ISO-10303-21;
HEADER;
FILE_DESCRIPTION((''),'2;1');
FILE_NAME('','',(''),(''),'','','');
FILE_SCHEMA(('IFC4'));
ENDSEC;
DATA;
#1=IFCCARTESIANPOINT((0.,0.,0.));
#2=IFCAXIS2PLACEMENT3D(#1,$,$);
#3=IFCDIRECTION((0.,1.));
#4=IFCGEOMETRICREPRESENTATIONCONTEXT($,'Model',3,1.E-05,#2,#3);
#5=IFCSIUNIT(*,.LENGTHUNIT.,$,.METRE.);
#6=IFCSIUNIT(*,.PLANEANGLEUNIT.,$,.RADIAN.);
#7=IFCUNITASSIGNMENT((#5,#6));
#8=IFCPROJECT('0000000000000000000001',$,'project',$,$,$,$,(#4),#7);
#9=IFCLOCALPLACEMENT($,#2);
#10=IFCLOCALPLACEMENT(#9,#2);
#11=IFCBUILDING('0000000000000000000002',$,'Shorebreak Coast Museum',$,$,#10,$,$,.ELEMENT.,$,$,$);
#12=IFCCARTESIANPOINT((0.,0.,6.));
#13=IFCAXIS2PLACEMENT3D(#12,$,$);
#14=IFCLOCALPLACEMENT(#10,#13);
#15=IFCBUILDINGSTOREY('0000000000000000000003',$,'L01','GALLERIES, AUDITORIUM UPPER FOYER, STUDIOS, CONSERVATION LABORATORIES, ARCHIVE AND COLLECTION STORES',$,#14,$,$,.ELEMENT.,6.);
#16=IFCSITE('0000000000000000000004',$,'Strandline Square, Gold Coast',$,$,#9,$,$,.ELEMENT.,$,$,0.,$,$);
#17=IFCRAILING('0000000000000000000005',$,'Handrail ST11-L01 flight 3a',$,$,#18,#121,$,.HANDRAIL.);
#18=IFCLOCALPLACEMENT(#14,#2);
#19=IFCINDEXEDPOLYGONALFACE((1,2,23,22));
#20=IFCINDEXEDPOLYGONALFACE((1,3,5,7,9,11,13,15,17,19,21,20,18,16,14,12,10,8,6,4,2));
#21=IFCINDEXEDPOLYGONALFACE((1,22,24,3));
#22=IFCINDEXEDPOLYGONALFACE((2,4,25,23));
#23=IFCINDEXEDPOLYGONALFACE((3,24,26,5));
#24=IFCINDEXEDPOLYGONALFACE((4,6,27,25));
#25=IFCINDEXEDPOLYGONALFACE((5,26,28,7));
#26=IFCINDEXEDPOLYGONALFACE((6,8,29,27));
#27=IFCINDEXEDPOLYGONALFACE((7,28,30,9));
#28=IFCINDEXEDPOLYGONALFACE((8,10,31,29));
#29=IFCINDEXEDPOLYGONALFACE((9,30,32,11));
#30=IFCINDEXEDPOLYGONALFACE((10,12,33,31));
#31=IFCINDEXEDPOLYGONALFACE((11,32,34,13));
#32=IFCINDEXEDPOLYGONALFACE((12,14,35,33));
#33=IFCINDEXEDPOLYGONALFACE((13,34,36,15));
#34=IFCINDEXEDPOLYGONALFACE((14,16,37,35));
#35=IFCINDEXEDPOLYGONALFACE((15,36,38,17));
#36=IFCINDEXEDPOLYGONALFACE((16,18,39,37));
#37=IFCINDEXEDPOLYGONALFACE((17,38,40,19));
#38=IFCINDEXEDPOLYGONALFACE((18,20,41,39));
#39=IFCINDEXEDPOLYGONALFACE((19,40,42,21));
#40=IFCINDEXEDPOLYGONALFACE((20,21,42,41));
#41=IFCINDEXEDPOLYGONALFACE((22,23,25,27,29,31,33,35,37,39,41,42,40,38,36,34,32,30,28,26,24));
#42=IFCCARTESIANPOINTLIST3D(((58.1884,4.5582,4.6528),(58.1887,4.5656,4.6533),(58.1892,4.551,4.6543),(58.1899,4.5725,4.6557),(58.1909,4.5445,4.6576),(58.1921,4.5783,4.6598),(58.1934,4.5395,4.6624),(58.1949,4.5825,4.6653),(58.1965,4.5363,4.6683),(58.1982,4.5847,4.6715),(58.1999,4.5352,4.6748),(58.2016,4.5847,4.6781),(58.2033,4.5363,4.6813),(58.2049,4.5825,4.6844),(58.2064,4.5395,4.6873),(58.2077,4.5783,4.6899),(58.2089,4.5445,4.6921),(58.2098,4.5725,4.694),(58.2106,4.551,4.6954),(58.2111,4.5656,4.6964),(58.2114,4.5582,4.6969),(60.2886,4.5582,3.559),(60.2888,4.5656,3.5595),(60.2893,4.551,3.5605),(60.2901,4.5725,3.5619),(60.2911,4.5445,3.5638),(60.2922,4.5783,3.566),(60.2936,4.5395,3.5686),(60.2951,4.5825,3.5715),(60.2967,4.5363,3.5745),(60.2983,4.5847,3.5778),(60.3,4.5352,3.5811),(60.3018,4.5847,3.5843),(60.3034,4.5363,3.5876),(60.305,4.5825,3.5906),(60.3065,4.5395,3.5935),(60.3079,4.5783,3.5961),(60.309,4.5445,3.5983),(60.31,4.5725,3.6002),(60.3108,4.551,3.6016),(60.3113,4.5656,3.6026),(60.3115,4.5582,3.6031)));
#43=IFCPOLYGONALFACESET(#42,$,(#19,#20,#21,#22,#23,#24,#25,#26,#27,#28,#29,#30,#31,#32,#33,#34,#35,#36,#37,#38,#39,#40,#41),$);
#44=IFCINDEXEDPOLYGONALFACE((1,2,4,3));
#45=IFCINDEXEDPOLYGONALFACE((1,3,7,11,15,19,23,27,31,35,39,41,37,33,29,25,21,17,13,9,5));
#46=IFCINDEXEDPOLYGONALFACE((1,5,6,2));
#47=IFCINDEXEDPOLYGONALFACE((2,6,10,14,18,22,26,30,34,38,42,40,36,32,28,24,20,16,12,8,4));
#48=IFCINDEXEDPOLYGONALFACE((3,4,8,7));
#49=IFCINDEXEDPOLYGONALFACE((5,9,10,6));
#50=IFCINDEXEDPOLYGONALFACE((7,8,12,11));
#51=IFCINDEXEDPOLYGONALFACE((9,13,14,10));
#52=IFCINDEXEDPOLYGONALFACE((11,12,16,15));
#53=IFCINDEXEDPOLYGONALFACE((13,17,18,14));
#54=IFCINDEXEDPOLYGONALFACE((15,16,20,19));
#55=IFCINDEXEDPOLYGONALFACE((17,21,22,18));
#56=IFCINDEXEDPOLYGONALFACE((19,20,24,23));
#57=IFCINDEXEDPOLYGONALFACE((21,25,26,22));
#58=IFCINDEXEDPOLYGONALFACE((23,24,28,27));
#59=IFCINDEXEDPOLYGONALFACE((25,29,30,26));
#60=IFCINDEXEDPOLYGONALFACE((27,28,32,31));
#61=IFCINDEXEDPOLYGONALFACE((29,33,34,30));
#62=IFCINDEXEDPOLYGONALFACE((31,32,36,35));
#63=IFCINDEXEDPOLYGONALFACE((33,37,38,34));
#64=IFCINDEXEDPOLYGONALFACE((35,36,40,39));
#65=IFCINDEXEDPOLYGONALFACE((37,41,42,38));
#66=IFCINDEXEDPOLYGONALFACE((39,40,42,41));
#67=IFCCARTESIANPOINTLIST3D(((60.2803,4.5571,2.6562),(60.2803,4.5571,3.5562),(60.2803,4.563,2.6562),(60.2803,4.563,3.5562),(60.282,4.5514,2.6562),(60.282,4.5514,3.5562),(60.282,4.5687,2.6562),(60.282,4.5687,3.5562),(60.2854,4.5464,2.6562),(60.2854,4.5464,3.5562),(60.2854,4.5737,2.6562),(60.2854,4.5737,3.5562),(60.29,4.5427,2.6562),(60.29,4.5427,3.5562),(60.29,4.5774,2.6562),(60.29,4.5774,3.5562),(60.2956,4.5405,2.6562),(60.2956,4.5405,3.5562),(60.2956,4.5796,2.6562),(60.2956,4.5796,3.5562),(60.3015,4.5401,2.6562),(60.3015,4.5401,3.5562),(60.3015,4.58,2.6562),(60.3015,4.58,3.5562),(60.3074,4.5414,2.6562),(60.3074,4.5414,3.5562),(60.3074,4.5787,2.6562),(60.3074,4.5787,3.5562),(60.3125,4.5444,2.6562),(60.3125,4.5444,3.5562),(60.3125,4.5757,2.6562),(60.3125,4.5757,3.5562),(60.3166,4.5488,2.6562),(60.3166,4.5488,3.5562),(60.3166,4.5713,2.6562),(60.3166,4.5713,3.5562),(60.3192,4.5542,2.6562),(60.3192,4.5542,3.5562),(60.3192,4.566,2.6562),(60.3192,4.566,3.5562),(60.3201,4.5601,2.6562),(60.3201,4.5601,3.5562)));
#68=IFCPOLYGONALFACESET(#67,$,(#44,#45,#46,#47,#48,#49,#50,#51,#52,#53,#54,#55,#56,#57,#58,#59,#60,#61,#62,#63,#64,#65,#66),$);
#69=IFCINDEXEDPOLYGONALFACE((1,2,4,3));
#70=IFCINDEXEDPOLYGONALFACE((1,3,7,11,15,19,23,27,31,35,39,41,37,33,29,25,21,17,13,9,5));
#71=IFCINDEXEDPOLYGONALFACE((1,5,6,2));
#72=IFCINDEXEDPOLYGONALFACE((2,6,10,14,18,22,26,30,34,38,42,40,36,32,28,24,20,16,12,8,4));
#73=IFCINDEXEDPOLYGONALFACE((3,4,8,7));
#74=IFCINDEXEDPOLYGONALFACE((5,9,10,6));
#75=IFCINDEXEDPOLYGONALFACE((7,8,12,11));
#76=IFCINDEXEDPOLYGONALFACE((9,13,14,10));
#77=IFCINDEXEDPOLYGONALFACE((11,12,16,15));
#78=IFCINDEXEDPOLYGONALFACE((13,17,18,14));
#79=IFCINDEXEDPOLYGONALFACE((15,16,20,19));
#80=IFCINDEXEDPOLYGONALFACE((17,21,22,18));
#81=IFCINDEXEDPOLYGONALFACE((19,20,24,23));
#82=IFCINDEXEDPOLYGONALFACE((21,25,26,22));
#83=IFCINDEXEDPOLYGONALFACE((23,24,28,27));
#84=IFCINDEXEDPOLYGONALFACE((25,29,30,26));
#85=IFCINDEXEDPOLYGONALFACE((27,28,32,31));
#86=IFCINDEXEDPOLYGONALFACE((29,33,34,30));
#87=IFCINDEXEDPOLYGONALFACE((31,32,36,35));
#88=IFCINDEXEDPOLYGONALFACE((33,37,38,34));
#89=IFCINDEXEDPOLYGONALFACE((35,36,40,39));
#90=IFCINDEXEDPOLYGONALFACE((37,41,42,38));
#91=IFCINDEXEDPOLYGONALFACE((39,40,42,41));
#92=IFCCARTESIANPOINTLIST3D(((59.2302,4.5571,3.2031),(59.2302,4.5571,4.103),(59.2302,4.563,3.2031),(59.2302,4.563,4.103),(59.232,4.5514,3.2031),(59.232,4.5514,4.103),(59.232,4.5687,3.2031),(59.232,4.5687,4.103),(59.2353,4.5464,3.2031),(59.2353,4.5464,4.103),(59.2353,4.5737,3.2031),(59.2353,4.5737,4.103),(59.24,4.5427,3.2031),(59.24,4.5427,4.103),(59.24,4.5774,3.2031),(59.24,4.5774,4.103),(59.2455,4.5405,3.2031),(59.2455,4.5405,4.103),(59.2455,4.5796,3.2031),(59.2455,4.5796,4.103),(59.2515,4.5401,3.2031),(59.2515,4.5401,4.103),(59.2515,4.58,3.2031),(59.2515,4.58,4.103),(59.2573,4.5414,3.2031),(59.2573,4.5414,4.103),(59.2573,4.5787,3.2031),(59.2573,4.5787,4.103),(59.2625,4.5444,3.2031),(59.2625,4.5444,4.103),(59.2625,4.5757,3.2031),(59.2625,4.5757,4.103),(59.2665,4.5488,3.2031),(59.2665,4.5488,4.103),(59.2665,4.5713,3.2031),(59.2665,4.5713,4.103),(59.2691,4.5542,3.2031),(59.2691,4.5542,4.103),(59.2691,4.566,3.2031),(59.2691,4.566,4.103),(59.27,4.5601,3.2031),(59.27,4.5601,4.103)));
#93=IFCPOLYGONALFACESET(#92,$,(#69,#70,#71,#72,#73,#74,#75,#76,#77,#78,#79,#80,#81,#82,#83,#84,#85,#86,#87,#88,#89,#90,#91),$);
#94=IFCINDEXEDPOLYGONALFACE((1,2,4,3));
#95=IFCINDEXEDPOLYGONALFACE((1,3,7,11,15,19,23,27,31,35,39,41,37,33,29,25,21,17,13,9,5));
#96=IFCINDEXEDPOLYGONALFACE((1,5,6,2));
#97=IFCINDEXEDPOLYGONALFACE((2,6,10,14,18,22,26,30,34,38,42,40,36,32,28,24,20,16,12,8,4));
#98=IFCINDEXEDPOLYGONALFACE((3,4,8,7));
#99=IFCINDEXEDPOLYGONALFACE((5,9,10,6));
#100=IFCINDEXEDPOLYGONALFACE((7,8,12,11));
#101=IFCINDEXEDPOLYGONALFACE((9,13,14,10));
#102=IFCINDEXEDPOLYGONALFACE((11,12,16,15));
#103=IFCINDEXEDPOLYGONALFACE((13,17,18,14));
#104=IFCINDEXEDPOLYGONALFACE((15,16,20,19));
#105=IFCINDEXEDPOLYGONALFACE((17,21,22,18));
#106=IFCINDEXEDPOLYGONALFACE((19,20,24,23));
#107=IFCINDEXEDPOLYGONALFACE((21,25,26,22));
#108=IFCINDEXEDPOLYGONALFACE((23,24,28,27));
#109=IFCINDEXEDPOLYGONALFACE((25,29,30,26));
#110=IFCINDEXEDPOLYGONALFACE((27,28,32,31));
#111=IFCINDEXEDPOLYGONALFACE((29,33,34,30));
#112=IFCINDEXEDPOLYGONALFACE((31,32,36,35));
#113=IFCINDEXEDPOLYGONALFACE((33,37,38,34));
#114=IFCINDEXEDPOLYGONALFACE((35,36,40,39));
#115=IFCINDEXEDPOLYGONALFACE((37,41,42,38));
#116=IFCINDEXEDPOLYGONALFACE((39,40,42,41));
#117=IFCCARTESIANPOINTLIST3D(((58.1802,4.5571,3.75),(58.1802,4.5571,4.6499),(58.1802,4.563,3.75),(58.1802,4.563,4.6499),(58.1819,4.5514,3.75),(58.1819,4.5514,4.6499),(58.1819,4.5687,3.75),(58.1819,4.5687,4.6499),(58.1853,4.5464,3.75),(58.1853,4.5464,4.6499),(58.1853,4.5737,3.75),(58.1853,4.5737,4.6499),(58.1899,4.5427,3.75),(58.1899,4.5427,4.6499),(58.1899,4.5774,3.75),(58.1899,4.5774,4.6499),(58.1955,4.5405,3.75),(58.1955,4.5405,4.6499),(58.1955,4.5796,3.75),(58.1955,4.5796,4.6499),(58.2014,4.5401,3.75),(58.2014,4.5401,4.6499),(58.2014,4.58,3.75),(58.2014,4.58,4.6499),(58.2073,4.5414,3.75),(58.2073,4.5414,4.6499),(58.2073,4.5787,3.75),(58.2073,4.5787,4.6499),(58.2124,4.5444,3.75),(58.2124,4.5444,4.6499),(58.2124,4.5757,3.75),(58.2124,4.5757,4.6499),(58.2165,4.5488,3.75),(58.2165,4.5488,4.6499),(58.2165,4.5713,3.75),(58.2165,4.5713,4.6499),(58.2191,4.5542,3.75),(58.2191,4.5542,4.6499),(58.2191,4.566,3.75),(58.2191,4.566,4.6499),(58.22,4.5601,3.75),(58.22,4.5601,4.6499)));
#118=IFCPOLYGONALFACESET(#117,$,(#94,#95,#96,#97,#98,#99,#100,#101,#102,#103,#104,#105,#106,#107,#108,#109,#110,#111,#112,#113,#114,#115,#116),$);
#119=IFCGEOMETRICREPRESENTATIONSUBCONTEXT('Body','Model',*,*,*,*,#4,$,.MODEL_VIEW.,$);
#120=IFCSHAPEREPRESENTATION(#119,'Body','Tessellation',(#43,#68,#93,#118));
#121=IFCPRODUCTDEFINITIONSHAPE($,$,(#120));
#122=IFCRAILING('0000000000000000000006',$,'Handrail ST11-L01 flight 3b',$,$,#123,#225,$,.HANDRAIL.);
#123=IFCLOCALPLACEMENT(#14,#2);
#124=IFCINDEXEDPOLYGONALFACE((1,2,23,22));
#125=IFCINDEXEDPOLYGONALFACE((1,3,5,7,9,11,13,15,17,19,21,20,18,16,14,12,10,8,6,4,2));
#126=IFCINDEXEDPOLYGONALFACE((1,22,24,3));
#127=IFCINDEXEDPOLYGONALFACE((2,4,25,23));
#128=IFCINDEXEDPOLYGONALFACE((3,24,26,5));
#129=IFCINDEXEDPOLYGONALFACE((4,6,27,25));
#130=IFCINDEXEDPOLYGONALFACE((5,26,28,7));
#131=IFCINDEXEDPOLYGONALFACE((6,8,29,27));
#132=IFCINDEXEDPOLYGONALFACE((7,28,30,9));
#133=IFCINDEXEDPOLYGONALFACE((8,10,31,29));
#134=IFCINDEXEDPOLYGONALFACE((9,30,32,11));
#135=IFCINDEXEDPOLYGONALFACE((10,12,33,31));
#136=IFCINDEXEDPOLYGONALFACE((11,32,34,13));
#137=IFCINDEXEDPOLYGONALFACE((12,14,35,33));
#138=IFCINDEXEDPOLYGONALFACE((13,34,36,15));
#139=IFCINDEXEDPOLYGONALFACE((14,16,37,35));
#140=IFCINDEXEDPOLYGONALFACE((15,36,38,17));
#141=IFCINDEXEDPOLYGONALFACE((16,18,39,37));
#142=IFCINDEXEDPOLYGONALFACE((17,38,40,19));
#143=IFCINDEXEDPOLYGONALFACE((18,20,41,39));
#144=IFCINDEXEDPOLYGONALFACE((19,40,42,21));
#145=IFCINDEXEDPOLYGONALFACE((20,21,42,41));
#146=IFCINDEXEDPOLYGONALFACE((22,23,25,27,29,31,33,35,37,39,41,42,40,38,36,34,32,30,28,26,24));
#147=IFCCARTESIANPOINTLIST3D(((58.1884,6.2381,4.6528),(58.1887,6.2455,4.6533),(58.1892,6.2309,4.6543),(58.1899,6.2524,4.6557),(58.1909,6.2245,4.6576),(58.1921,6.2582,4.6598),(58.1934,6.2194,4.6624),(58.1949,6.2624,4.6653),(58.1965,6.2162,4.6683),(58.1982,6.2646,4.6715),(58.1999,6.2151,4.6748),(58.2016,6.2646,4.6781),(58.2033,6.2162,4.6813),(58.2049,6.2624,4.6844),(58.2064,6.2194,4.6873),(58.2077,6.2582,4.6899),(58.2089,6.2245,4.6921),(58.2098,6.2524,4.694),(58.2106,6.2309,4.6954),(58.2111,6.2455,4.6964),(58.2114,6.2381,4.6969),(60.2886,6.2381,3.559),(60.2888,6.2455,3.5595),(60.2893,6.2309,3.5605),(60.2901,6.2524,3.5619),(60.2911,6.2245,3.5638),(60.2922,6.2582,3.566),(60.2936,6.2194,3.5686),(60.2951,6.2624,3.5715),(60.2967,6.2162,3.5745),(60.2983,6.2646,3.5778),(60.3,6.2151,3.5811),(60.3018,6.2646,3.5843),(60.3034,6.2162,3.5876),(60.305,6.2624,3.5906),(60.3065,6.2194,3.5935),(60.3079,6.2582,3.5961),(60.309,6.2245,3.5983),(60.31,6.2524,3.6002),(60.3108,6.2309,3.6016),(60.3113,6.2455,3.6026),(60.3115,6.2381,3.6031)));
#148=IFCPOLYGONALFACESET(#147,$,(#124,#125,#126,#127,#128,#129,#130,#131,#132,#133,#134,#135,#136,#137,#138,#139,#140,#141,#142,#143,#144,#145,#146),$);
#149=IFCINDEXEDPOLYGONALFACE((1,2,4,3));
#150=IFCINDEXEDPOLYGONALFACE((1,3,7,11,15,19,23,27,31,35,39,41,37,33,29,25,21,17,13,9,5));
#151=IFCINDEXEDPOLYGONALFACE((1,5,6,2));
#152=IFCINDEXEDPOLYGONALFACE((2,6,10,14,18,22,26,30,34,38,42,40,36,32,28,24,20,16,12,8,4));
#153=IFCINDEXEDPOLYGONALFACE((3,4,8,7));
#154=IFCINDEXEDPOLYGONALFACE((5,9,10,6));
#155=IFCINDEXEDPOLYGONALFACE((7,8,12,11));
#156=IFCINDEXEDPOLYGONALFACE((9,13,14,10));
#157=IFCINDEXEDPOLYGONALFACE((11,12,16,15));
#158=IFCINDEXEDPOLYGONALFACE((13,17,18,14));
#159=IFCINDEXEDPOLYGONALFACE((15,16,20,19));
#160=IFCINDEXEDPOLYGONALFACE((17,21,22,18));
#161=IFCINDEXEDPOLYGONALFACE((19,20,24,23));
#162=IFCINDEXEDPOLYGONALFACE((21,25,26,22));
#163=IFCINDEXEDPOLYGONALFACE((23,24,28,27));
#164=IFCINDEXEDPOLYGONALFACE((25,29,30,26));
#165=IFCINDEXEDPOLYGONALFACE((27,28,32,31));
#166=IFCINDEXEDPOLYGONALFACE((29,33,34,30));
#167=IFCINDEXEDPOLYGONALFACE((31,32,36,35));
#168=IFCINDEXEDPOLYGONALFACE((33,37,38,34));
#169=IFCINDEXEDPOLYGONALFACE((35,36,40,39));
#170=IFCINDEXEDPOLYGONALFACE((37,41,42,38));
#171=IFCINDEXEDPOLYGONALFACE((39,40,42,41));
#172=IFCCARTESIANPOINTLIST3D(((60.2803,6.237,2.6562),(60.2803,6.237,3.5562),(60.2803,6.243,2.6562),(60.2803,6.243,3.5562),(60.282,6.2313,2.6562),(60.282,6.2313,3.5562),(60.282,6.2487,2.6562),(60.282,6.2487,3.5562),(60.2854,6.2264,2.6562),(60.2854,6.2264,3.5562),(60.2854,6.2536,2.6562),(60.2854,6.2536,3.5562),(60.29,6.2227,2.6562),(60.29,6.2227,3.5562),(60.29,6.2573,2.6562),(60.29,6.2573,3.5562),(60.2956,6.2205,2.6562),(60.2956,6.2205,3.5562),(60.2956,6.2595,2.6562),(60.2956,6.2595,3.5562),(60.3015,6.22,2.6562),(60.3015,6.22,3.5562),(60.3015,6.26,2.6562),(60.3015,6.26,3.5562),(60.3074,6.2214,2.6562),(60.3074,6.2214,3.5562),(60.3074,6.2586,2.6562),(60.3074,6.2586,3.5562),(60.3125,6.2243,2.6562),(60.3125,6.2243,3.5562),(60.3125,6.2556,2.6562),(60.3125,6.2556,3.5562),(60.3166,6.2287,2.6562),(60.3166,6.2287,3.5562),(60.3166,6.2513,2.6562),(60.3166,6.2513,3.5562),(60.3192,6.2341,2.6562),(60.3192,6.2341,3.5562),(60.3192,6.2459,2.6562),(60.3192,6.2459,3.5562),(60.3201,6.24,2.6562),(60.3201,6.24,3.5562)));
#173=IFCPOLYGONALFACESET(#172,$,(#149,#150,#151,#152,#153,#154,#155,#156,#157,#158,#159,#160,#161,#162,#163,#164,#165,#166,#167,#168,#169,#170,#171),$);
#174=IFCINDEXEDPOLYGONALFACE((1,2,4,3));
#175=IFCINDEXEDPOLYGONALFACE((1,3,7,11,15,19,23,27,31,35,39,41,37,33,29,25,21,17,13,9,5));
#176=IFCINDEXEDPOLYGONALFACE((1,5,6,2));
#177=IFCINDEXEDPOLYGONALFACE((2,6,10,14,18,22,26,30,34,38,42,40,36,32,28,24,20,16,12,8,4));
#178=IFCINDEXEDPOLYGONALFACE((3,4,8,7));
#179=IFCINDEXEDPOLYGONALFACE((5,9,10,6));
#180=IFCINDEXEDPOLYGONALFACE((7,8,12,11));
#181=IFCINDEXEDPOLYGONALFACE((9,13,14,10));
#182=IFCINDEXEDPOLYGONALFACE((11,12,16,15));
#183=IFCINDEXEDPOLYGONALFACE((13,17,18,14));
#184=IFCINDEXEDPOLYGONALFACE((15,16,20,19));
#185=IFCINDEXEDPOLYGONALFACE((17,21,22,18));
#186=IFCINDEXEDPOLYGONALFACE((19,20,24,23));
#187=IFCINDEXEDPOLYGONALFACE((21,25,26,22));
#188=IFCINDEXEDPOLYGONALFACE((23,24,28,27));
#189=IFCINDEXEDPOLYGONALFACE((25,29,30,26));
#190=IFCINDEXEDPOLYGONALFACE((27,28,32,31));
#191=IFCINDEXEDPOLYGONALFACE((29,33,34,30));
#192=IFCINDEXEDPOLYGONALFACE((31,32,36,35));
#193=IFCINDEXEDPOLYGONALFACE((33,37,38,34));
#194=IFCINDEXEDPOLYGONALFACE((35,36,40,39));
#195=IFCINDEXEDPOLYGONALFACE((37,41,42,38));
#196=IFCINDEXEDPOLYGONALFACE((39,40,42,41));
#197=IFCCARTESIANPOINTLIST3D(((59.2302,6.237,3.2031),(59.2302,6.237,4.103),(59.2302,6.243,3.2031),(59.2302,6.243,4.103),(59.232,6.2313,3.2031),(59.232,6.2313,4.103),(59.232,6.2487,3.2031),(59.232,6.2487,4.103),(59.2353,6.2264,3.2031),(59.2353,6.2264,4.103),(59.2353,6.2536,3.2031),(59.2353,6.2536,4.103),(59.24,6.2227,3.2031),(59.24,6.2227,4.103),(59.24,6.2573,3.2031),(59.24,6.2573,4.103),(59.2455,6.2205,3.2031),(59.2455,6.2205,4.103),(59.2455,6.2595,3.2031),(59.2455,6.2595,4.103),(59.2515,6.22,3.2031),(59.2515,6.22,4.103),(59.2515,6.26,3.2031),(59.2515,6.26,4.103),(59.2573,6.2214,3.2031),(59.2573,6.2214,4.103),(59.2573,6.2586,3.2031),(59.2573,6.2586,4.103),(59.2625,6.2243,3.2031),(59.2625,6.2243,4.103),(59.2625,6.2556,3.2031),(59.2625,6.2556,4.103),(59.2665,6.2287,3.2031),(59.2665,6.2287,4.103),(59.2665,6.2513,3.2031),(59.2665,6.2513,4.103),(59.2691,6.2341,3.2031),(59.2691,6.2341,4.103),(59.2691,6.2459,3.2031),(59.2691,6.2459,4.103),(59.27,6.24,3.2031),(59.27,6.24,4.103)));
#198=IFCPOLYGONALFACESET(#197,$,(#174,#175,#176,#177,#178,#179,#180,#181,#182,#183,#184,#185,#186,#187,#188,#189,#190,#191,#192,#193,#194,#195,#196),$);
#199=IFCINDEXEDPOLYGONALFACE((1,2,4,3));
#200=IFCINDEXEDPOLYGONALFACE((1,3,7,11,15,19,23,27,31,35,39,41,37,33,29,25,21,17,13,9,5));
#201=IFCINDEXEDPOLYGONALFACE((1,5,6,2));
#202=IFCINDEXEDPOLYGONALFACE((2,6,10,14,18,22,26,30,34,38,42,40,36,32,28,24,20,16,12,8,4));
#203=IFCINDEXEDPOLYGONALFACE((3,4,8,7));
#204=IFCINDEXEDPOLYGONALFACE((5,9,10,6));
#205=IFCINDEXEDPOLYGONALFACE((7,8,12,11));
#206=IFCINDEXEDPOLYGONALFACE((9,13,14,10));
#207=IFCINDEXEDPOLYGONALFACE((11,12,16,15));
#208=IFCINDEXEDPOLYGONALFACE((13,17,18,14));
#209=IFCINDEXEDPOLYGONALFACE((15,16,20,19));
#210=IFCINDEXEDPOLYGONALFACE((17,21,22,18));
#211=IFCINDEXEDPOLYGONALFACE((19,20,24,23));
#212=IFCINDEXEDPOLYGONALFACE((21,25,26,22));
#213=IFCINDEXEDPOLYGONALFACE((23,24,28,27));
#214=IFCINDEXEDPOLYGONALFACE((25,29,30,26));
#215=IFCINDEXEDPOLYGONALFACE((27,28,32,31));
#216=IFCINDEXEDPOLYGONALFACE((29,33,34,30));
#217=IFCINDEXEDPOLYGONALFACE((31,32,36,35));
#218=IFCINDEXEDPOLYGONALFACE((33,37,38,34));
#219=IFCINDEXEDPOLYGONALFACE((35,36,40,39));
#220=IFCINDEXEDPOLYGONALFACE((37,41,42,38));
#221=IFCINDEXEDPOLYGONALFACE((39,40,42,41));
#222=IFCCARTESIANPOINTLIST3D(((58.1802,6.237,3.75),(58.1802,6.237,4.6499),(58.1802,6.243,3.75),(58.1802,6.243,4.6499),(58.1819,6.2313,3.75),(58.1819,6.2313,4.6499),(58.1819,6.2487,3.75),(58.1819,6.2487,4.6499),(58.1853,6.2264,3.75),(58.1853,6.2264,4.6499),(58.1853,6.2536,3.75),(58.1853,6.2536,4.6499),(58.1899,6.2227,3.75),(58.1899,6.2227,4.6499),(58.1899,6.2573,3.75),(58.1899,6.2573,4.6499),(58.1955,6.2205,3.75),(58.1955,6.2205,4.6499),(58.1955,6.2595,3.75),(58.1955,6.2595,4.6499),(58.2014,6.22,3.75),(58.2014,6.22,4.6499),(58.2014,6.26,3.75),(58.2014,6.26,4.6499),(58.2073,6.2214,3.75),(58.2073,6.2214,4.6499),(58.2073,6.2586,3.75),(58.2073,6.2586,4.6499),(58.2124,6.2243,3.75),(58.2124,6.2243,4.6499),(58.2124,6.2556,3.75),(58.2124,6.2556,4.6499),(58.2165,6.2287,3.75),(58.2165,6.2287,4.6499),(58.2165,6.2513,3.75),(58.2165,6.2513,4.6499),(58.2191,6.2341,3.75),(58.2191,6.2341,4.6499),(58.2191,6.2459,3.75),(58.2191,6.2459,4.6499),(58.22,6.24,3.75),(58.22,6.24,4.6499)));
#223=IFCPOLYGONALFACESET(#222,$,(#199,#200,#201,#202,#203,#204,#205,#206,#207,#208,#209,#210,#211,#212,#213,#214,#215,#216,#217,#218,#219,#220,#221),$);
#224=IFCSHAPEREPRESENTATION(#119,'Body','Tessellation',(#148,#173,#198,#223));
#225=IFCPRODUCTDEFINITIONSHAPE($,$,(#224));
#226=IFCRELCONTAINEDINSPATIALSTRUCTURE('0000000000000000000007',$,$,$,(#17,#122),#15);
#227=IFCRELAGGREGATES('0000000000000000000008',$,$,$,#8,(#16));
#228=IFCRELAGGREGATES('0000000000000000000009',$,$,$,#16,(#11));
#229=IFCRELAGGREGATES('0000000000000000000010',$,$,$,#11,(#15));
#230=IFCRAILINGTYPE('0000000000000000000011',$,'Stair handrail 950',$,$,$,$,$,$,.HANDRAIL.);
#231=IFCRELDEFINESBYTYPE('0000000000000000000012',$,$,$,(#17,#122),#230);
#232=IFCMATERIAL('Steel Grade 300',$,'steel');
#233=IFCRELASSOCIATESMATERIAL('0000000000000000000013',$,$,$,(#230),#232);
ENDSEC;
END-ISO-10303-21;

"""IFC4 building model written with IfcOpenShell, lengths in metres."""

from ifc_helpers import new_model, si_unit, direction, frame, origin, origin_2d, place, context, subcontext, project, spatial, circle, extrude, material, type_object, element, save


model = new_model("IFC4")

# Units and contexts
model_context = context("Model", 3, precision=1e-05, world=origin(), true_north=direction((0.0, 1.0)))
body_context = subcontext(model_context, "Body", "Model", "MODEL_VIEW")
ifc_project = project(units=[si_unit("LENGTHUNIT", "METRE"), si_unit("PLANEANGLEUNIT", "RADIAN")], contexts=[model_context])

# Site, building, storey
site_placement = place(None, origin())
site = spatial("IfcSite", under=ifc_project, at=site_placement, Name="Strandline Square, Gold Coast", CompositionType="ELEMENT", RefElevation=0.0)
building_placement = place(site_placement, origin())
building = spatial("IfcBuilding", under=site, at=building_placement, Name="Shorebreak Coast Museum", CompositionType="ELEMENT")
storey_placement = place(building_placement, frame((0.0, 0.0, 6.0)))
storey = spatial("IfcBuildingStorey", under=building, at=storey_placement, Name="L01", Description="GALLERIES, AUDITORIUM UPPER FOYER, STUDIOS, CONSERVATION LABORATORIES, ARCHIVE AND COLLECTION STORES", CompositionType="ELEMENT", Elevation=6.0)

# Railings
ifc_material_1 = material(Name="Steel Grade 300", Category="steel")
railing_type_1 = type_object("IfcRailingType", Name="Stair handrail 950", PredefinedType="HANDRAIL", material=ifc_material_1)
for number, where, name in (
    (1, (60.3, 4.5601, 2.6562), "Handrail ST11-L01 flight 3a"),
    (2, (60.3, 6.24, 2.6562), "Handrail ST11-L01 flight 3b"),
):
    element("IfcRailing", number, at=place(storey_placement, frame(where)), inside=storey, type_object=railing_type_1, Name=name, PredefinedType="HANDRAIL", context=body_context, shape_type="SweptSolid", body=[
        extrude(circle(Radius=0.0249, at=origin_2d()), frame((0.0, 0.0, 0.9248), z_axis=(-0.886923, 0.0, 0.461918), x_axis=(0.0, -1.0, 0.0)), (0.0, 0.0, 1.0), 2.3679),
        extrude(circle(Radius=0.02, at=origin_2d()), origin(), (0.0, 0.0, 1.0), 0.8999),
        extrude(circle(Radius=0.02, at=origin_2d()), frame((-1.05, 0.0, 0.5469)), (0.0, 0.0, 1.0), 0.8999),
        extrude(circle(Radius=0.02, at=origin_2d()), frame((-2.1001, 0.0, 1.0938)), (0.0, 0.0, 1.0), 0.8999),
    ])

save(model, "model.ifc")
